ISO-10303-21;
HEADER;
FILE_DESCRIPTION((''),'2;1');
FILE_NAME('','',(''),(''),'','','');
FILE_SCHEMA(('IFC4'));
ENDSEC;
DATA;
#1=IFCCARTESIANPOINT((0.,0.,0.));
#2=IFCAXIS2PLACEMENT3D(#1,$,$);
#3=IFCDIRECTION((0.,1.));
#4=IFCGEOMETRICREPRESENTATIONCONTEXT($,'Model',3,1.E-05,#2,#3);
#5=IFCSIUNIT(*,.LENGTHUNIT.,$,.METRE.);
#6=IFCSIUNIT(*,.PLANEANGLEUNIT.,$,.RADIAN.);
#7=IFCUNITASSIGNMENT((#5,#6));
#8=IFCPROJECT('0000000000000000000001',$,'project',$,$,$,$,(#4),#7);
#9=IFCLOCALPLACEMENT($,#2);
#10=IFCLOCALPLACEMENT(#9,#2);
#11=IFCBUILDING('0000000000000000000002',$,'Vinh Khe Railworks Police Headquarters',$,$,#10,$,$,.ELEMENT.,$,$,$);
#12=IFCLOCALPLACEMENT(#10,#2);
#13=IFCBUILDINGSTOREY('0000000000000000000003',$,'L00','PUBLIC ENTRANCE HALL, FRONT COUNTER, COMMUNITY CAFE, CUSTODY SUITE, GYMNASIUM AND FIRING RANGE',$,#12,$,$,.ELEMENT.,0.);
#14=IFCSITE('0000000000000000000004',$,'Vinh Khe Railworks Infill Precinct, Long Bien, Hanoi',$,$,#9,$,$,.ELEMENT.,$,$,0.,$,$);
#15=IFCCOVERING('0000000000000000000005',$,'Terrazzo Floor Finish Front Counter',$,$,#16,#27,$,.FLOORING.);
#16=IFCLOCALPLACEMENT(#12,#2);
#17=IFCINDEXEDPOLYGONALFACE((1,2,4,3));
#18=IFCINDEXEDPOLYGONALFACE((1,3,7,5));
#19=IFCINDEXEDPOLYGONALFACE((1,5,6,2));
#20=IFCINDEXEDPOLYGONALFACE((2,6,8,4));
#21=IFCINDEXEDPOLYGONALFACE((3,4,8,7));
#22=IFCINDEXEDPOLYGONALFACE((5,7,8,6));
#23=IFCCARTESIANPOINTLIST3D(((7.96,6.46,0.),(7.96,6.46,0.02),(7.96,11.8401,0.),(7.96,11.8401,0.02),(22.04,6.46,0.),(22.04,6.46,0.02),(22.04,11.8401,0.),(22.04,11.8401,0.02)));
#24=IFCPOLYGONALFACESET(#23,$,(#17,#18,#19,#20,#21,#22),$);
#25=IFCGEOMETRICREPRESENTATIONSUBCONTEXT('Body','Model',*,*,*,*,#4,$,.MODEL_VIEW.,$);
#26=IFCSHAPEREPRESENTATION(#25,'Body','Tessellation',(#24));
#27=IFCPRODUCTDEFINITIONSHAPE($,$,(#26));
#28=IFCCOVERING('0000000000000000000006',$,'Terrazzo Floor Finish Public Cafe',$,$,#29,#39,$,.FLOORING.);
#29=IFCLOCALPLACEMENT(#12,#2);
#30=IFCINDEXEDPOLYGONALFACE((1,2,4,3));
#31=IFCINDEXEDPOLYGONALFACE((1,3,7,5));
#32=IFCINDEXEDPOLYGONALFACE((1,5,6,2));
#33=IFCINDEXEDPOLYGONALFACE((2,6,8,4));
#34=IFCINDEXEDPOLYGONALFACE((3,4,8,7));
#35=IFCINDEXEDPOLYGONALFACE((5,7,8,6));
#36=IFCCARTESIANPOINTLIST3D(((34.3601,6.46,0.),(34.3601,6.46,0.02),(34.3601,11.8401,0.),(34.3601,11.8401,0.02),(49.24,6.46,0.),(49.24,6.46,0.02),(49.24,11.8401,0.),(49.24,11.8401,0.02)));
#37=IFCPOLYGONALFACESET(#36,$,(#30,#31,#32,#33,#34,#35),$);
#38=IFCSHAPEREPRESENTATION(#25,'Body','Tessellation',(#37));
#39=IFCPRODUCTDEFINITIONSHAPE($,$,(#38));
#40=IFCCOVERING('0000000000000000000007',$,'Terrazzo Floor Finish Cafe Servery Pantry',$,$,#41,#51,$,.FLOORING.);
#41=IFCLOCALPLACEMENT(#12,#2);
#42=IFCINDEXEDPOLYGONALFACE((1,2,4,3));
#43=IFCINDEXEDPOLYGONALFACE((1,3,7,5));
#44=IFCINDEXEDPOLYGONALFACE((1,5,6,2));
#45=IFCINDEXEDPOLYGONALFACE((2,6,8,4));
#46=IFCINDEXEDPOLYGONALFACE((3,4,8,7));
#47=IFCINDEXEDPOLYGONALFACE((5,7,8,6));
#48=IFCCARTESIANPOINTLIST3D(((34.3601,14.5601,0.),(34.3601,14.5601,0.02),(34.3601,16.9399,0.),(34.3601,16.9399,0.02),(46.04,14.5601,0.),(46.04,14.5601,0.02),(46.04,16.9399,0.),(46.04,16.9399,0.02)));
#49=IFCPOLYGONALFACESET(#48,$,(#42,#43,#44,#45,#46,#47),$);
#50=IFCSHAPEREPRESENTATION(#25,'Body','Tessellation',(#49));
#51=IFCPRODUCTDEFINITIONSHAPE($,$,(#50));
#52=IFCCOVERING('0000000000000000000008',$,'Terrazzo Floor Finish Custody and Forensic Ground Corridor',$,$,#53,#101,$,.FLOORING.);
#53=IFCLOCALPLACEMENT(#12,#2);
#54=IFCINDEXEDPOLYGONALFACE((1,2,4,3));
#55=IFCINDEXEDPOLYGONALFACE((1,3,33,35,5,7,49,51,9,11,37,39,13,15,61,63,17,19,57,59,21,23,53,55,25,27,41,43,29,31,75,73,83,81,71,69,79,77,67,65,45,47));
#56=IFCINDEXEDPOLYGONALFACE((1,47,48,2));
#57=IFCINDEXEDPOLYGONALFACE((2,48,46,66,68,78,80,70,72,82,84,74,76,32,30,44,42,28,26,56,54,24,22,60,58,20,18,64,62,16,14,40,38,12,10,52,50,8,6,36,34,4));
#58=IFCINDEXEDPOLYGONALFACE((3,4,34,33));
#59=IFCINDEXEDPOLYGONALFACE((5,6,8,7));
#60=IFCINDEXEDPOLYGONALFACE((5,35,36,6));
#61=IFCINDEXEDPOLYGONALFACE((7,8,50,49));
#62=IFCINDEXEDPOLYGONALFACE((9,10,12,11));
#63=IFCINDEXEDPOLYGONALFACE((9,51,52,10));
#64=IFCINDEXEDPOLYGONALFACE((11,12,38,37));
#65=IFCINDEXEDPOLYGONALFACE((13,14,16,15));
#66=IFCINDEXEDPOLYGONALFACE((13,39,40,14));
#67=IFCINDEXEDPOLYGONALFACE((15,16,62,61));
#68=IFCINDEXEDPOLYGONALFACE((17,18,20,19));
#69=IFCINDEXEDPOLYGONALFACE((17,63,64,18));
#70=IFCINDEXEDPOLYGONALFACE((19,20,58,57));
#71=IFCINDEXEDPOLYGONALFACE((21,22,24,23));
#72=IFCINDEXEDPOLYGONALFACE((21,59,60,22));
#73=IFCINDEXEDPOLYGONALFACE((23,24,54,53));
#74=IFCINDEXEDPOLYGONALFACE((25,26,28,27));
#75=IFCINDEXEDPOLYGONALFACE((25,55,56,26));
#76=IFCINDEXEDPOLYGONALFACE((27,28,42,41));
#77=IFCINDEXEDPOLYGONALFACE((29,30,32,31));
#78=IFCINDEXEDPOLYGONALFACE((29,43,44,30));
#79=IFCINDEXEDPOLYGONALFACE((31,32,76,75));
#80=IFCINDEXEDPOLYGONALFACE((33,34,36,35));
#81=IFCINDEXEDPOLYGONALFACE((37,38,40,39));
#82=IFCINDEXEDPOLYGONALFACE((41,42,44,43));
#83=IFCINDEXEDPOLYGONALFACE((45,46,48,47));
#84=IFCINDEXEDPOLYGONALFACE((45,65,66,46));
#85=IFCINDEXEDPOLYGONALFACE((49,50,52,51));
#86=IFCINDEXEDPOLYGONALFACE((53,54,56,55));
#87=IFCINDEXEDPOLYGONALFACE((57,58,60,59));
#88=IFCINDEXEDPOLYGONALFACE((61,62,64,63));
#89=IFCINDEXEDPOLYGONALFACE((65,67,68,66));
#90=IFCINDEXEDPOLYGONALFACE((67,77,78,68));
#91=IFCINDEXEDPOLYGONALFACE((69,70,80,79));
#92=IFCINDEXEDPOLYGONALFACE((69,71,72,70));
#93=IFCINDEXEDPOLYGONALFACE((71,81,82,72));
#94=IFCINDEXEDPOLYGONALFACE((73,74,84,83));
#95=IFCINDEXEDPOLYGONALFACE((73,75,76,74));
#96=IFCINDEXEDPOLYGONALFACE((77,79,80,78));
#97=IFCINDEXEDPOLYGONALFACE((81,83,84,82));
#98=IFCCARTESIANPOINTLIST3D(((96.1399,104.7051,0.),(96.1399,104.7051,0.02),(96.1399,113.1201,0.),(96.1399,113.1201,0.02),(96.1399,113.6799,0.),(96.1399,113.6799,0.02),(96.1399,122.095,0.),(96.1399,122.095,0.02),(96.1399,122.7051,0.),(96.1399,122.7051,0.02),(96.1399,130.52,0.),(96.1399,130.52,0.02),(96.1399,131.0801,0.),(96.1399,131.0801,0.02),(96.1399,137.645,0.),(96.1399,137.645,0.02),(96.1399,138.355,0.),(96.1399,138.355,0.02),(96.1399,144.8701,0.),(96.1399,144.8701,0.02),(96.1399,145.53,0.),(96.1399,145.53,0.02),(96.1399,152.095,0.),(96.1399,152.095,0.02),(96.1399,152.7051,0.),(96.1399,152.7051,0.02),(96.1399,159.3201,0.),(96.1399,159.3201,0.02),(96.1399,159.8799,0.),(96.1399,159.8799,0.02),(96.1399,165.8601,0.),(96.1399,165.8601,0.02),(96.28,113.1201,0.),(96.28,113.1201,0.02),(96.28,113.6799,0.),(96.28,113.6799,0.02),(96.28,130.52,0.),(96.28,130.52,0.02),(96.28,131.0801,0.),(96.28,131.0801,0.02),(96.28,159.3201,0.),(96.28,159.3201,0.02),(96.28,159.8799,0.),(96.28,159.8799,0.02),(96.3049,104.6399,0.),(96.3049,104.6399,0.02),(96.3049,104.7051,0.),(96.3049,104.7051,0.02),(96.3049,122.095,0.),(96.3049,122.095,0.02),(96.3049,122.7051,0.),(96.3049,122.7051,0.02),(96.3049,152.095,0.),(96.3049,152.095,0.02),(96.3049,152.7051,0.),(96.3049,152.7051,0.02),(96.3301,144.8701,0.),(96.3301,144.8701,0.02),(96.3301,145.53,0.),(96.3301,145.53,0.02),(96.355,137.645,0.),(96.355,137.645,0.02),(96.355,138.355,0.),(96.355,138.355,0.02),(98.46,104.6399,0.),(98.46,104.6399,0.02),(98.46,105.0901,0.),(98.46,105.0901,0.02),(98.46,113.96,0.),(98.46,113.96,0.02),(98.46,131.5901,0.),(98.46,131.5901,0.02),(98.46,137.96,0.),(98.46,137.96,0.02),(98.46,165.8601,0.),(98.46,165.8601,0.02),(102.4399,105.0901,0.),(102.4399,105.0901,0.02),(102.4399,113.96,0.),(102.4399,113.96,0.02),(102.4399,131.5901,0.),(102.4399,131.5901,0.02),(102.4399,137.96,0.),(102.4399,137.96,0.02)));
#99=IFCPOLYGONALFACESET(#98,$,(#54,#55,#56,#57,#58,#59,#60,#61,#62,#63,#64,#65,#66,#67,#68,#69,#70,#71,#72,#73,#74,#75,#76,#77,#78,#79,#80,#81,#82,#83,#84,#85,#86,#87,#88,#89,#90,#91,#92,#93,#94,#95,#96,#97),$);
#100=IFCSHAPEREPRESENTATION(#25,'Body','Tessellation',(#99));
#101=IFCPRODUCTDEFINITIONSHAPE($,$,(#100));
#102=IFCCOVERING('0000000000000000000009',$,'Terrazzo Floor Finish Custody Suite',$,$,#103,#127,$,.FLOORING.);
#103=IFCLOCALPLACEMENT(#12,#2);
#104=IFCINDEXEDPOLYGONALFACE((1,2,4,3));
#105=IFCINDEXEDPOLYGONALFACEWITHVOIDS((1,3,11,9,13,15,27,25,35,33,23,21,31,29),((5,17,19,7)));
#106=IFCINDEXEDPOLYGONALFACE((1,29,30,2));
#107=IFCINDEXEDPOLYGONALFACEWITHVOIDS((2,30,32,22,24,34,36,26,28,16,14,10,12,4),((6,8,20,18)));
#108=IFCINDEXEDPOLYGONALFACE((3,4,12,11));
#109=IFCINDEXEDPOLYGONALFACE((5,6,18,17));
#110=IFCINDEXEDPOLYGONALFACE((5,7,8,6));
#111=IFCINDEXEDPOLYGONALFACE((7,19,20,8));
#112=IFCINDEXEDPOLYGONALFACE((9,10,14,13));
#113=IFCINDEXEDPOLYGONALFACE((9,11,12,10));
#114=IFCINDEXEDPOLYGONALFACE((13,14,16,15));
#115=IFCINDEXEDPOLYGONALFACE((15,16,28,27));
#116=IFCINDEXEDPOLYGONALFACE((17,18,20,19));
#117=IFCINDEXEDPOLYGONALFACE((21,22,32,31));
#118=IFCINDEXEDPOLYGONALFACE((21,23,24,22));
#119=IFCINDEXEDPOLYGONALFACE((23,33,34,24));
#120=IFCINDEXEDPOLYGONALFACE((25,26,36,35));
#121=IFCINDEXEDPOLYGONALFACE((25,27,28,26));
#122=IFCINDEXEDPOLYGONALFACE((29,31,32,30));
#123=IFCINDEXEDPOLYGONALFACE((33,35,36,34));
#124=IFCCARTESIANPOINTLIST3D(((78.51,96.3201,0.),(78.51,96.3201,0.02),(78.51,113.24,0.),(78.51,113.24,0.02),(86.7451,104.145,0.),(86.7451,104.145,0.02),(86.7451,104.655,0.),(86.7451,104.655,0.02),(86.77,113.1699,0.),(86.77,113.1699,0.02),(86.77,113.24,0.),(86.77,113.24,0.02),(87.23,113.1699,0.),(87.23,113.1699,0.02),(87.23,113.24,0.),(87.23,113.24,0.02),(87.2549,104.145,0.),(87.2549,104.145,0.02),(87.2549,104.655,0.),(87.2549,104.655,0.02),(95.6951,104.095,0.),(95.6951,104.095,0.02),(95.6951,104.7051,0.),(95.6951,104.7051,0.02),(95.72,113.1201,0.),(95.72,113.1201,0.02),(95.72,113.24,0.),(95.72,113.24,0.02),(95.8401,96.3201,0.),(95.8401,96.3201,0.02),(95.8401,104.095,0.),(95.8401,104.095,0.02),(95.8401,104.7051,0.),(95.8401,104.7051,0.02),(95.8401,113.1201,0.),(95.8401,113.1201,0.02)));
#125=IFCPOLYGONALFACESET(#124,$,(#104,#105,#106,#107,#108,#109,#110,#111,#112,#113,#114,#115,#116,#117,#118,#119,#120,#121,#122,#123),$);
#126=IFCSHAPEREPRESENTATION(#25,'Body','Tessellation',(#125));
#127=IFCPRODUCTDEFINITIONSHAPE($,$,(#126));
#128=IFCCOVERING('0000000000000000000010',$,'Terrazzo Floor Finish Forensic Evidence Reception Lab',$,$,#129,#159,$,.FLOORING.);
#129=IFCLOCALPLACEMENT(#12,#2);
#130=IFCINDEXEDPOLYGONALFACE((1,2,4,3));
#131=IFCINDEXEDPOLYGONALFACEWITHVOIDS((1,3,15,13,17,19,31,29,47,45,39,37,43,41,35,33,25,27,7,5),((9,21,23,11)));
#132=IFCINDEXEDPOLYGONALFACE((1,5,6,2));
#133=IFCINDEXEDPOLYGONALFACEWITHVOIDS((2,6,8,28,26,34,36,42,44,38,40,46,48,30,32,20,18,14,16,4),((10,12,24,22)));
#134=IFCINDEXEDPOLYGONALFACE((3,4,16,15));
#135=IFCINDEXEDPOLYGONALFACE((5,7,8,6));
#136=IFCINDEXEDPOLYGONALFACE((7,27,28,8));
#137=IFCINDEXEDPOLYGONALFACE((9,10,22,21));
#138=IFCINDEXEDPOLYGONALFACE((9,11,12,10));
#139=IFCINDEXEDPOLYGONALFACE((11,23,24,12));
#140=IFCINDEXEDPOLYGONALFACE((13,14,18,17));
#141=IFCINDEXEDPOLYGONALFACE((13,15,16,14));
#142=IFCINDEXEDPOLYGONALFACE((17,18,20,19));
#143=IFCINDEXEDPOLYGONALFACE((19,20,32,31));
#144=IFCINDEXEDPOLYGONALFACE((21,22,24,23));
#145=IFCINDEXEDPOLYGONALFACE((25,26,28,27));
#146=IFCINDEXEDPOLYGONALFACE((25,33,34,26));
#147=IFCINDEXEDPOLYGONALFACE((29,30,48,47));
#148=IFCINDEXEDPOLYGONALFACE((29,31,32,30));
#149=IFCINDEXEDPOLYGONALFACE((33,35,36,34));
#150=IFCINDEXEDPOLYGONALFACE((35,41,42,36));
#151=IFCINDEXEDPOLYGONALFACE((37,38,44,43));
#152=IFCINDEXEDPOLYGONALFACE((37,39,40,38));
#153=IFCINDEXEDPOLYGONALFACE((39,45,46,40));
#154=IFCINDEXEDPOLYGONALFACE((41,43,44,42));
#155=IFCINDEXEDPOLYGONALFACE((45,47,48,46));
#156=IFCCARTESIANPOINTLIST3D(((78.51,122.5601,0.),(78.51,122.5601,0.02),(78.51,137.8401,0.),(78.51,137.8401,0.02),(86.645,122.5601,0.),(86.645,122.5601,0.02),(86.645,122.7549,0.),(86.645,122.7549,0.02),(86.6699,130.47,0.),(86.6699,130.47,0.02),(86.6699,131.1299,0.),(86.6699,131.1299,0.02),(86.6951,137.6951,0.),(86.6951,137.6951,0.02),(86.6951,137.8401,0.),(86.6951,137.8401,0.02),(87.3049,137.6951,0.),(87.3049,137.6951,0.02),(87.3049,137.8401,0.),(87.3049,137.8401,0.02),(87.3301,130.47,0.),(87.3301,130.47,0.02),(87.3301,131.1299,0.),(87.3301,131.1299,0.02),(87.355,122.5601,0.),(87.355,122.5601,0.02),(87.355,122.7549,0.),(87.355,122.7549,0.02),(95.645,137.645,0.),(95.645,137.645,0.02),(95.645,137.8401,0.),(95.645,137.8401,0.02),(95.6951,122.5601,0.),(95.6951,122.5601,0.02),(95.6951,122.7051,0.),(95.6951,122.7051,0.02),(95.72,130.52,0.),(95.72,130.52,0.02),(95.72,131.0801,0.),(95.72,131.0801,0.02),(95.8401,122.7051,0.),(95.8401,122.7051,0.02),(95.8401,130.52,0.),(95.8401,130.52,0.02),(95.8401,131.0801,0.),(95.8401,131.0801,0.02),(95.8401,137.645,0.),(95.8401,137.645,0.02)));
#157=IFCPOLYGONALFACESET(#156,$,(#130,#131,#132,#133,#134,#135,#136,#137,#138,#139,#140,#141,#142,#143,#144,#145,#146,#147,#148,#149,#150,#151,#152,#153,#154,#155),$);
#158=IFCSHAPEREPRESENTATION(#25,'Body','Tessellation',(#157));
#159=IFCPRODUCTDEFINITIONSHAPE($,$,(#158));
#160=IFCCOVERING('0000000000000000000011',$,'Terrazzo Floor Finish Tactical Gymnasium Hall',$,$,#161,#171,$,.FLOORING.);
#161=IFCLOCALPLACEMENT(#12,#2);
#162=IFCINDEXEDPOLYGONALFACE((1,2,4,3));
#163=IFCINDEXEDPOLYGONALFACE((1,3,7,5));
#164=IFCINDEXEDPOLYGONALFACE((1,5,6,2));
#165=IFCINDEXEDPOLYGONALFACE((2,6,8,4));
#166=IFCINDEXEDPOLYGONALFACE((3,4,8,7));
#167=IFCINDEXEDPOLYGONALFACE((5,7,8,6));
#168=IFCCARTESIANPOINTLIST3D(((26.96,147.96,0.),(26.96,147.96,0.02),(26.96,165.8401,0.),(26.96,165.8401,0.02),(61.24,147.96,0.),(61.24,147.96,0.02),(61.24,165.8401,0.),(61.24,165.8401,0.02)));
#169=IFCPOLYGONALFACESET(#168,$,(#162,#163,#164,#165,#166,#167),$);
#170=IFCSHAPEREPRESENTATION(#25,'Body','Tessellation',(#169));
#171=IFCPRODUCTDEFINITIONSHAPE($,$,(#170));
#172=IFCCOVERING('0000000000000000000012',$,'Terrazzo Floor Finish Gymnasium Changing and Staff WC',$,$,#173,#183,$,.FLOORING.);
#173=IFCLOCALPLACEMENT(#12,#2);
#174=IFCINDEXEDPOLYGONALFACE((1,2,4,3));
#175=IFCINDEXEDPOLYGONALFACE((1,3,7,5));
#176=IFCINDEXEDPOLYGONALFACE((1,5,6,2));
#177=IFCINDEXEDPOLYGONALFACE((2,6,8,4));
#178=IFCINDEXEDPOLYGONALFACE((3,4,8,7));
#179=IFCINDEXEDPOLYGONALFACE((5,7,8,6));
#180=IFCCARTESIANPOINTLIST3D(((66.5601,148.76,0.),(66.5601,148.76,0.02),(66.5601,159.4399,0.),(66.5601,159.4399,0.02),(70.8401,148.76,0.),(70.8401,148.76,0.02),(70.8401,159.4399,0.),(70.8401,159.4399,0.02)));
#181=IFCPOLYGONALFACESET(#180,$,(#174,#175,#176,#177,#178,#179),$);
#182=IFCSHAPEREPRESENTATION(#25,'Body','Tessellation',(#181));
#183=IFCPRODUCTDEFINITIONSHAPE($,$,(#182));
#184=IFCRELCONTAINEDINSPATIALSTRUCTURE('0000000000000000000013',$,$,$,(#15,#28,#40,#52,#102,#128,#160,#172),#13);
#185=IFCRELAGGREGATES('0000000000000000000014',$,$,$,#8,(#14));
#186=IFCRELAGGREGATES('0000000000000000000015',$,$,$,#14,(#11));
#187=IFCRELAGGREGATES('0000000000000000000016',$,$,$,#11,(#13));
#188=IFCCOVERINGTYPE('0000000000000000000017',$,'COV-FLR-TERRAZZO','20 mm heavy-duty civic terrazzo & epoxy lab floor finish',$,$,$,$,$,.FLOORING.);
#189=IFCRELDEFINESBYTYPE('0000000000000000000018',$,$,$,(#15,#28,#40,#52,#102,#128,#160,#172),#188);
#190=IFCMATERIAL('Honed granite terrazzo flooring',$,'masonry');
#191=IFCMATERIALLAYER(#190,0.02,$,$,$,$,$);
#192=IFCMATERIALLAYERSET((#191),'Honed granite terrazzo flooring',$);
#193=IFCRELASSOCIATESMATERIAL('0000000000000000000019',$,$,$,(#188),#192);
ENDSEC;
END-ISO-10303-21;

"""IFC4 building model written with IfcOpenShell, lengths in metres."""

from ifc_helpers import new_model, si_unit, direction, origin, place, context, subcontext, project, spatial, polyline, outline, extrude, material, layer, layer_set, type_object, element, save


model = new_model("IFC4")

# Units and contexts
model_context = context("Model", 3, precision=1e-05, world=origin(), true_north=direction((0.0, 1.0)))
body_context = subcontext(model_context, "Body", "Model", "MODEL_VIEW")
ifc_project = project(units=[si_unit("LENGTHUNIT", "METRE"), si_unit("PLANEANGLEUNIT", "RADIAN")], contexts=[model_context])

# Site, building, storey
site_placement = place(None, origin())
site = spatial("IfcSite", under=ifc_project, at=site_placement, Name="Vinh Khe Railworks Infill Precinct, Long Bien, Hanoi", CompositionType="ELEMENT", RefElevation=0.0)
building_placement = place(site_placement, origin())
building = spatial("IfcBuilding", under=site, at=building_placement, Name="Vinh Khe Railworks Police Headquarters", CompositionType="ELEMENT")
storey_placement = place(building_placement, origin())
storey = spatial("IfcBuildingStorey", under=building, at=storey_placement, Name="L00", Description="PUBLIC ENTRANCE HALL, FRONT COUNTER, COMMUNITY CAFE, CUSTODY SUITE, GYMNASIUM AND FIRING RANGE", CompositionType="ELEMENT", Elevation=0.0)

# Coverings
ifc_material_1 = material(Name="Honed granite terrazzo flooring", Category="masonry")
ifc_layer_1 = layer(ifc_material_1, 0.02)
ifc_layer_set_1 = layer_set([ifc_layer_1], Name="Honed granite terrazzo flooring")
covering_type_1 = type_object("IfcCoveringType", Name="COV-FLR-TERRAZZO", Description="20 mm heavy-duty civic terrazzo & epoxy lab floor finish", PredefinedType="FLOORING", material=ifc_layer_set_1)
covering_1_placement = place(storey_placement, origin())
element("IfcCovering", 1, at=covering_1_placement, inside=storey, type_object=covering_type_1, Name="Terrazzo Floor Finish Front Counter", PredefinedType="FLOORING", context=body_context, shape_type="SweptSolid", body=[
    extrude(outline(polyline([(22.04, 11.8401), (7.96, 11.8401), (7.96, 6.46), (22.04, 6.46), (22.04, 11.8401)])), origin(), (0.0, 0.0, 1.0), 0.02),
])
covering_2_placement = place(storey_placement, origin())
element("IfcCovering", 2, at=covering_2_placement, inside=storey, type_object=covering_type_1, Name="Terrazzo Floor Finish Public Cafe", PredefinedType="FLOORING", context=body_context, shape_type="SweptSolid", body=[
    extrude(outline(polyline([(49.24, 11.8401), (34.3601, 11.8401), (34.3601, 6.46), (49.24, 6.46), (49.24, 11.8401)])), origin(), (0.0, 0.0, 1.0), 0.02),
])
covering_3_placement = place(storey_placement, origin())
element("IfcCovering", 3, at=covering_3_placement, inside=storey, type_object=covering_type_1, Name="Terrazzo Floor Finish Cafe Servery Pantry", PredefinedType="FLOORING", context=body_context, shape_type="SweptSolid", body=[
    extrude(outline(polyline([(46.04, 16.9399), (34.3601, 16.9399), (34.3601, 14.5601), (46.04, 14.5601), (46.04, 16.9399)])), origin(), (0.0, 0.0, 1.0), 0.02),
])
covering_4_placement = place(storey_placement, origin())
element("IfcCovering", 4, at=covering_4_placement, inside=storey, type_object=covering_type_1, Name="Terrazzo Floor Finish Custody and Forensic Ground Corridor", PredefinedType="FLOORING", context=body_context, shape_type="SweptSolid", body=[
    extrude(outline(polyline([(96.28, 113.1201), (96.1399, 113.1201), (96.1399, 104.7051), (96.3049, 104.7051), (96.3049, 104.6399), (98.46, 104.6399), (98.46, 105.0901), (102.4399, 105.0901), (102.4399, 113.96), (98.46, 113.96), (98.46, 131.5901), (102.4399, 131.5901), (102.4399, 137.96), (98.46, 137.96), (98.46, 165.8601), (96.1399, 165.8601), (96.1399, 159.8799), (96.28, 159.8799), (96.28, 159.3201), (96.1399, 159.3201), (96.1399, 152.7051), (96.3049, 152.7051), (96.3049, 152.095), (96.1399, 152.095), (96.1399, 145.53), (96.3301, 145.53), (96.3301, 144.8701), (96.1399, 144.8701), (96.1399, 138.355), (96.355, 138.355), (96.355, 137.645), (96.1399, 137.645), (96.1399, 131.0801), (96.28, 131.0801), (96.28, 130.52), (96.1399, 130.52), (96.1399, 122.7051), (96.3049, 122.7051), (96.3049, 122.095), (96.1399, 122.095), (96.1399, 113.6799), (96.28, 113.6799), (96.28, 113.1201)])), origin(), (0.0, 0.0, 1.0), 0.02),
])
covering_5_placement = place(storey_placement, origin())
element("IfcCovering", 5, at=covering_5_placement, inside=storey, type_object=covering_type_1, Name="Terrazzo Floor Finish Custody Suite", PredefinedType="FLOORING", context=body_context, shape_type="SweptSolid", body=[
    extrude(outline(polyline([(78.51, 113.24), (78.51, 96.3201), (95.8401, 96.3201), (95.8401, 104.095), (95.6951, 104.095), (95.6951, 104.7051), (95.8401, 104.7051), (95.8401, 113.1201), (95.72, 113.1201), (95.72, 113.24), (87.23, 113.24), (87.23, 113.1699), (86.77, 113.1699), (86.77, 113.24), (78.51, 113.24)]), holes=[polyline([(87.2549, 104.145), (86.7451, 104.145), (86.7451, 104.655), (87.2549, 104.655), (87.2549, 104.145)])]), origin(), (0.0, 0.0, 1.0), 0.02),
])
covering_6_placement = place(storey_placement, origin())
element("IfcCovering", 6, at=covering_6_placement, inside=storey, type_object=covering_type_1, Name="Terrazzo Floor Finish Forensic Evidence Reception Lab", PredefinedType="FLOORING", context=body_context, shape_type="SweptSolid", body=[
    extrude(outline(polyline([(86.645, 122.5601), (86.645, 122.7549), (87.355, 122.7549), (87.355, 122.5601), (95.6951, 122.5601), (95.6951, 122.7051), (95.8401, 122.7051), (95.8401, 130.52), (95.72, 130.52), (95.72, 131.0801), (95.8401, 131.0801), (95.8401, 137.645), (95.645, 137.645), (95.645, 137.8401), (87.3049, 137.8401), (87.3049, 137.6951), (86.6951, 137.6951), (86.6951, 137.8401), (78.51, 137.8401), (78.51, 122.5601), (86.645, 122.5601)]), holes=[polyline([(87.3301, 130.47), (86.6699, 130.47), (86.6699, 131.1299), (87.3301, 131.1299), (87.3301, 130.47)])]), origin(), (0.0, 0.0, 1.0), 0.02),
])
covering_7_placement = place(storey_placement, origin())
element("IfcCovering", 7, at=covering_7_placement, inside=storey, type_object=covering_type_1, Name="Terrazzo Floor Finish Tactical Gymnasium Hall", PredefinedType="FLOORING", context=body_context, shape_type="SweptSolid", body=[
    extrude(outline(polyline([(61.24, 165.8401), (26.96, 165.8401), (26.96, 147.96), (61.24, 147.96), (61.24, 165.8401)])), origin(), (0.0, 0.0, 1.0), 0.02),
])
covering_8_placement = place(storey_placement, origin())
element("IfcCovering", 8, at=covering_8_placement, inside=storey, type_object=covering_type_1, Name="Terrazzo Floor Finish Gymnasium Changing and Staff WC", PredefinedType="FLOORING", context=body_context, shape_type="SweptSolid", body=[
    extrude(outline(polyline([(70.8401, 159.4399), (66.5601, 159.4399), (66.5601, 148.76), (70.8401, 148.76), (70.8401, 159.4399)])), origin(), (0.0, 0.0, 1.0), 0.02),
])

save(model, "model.ifc")
